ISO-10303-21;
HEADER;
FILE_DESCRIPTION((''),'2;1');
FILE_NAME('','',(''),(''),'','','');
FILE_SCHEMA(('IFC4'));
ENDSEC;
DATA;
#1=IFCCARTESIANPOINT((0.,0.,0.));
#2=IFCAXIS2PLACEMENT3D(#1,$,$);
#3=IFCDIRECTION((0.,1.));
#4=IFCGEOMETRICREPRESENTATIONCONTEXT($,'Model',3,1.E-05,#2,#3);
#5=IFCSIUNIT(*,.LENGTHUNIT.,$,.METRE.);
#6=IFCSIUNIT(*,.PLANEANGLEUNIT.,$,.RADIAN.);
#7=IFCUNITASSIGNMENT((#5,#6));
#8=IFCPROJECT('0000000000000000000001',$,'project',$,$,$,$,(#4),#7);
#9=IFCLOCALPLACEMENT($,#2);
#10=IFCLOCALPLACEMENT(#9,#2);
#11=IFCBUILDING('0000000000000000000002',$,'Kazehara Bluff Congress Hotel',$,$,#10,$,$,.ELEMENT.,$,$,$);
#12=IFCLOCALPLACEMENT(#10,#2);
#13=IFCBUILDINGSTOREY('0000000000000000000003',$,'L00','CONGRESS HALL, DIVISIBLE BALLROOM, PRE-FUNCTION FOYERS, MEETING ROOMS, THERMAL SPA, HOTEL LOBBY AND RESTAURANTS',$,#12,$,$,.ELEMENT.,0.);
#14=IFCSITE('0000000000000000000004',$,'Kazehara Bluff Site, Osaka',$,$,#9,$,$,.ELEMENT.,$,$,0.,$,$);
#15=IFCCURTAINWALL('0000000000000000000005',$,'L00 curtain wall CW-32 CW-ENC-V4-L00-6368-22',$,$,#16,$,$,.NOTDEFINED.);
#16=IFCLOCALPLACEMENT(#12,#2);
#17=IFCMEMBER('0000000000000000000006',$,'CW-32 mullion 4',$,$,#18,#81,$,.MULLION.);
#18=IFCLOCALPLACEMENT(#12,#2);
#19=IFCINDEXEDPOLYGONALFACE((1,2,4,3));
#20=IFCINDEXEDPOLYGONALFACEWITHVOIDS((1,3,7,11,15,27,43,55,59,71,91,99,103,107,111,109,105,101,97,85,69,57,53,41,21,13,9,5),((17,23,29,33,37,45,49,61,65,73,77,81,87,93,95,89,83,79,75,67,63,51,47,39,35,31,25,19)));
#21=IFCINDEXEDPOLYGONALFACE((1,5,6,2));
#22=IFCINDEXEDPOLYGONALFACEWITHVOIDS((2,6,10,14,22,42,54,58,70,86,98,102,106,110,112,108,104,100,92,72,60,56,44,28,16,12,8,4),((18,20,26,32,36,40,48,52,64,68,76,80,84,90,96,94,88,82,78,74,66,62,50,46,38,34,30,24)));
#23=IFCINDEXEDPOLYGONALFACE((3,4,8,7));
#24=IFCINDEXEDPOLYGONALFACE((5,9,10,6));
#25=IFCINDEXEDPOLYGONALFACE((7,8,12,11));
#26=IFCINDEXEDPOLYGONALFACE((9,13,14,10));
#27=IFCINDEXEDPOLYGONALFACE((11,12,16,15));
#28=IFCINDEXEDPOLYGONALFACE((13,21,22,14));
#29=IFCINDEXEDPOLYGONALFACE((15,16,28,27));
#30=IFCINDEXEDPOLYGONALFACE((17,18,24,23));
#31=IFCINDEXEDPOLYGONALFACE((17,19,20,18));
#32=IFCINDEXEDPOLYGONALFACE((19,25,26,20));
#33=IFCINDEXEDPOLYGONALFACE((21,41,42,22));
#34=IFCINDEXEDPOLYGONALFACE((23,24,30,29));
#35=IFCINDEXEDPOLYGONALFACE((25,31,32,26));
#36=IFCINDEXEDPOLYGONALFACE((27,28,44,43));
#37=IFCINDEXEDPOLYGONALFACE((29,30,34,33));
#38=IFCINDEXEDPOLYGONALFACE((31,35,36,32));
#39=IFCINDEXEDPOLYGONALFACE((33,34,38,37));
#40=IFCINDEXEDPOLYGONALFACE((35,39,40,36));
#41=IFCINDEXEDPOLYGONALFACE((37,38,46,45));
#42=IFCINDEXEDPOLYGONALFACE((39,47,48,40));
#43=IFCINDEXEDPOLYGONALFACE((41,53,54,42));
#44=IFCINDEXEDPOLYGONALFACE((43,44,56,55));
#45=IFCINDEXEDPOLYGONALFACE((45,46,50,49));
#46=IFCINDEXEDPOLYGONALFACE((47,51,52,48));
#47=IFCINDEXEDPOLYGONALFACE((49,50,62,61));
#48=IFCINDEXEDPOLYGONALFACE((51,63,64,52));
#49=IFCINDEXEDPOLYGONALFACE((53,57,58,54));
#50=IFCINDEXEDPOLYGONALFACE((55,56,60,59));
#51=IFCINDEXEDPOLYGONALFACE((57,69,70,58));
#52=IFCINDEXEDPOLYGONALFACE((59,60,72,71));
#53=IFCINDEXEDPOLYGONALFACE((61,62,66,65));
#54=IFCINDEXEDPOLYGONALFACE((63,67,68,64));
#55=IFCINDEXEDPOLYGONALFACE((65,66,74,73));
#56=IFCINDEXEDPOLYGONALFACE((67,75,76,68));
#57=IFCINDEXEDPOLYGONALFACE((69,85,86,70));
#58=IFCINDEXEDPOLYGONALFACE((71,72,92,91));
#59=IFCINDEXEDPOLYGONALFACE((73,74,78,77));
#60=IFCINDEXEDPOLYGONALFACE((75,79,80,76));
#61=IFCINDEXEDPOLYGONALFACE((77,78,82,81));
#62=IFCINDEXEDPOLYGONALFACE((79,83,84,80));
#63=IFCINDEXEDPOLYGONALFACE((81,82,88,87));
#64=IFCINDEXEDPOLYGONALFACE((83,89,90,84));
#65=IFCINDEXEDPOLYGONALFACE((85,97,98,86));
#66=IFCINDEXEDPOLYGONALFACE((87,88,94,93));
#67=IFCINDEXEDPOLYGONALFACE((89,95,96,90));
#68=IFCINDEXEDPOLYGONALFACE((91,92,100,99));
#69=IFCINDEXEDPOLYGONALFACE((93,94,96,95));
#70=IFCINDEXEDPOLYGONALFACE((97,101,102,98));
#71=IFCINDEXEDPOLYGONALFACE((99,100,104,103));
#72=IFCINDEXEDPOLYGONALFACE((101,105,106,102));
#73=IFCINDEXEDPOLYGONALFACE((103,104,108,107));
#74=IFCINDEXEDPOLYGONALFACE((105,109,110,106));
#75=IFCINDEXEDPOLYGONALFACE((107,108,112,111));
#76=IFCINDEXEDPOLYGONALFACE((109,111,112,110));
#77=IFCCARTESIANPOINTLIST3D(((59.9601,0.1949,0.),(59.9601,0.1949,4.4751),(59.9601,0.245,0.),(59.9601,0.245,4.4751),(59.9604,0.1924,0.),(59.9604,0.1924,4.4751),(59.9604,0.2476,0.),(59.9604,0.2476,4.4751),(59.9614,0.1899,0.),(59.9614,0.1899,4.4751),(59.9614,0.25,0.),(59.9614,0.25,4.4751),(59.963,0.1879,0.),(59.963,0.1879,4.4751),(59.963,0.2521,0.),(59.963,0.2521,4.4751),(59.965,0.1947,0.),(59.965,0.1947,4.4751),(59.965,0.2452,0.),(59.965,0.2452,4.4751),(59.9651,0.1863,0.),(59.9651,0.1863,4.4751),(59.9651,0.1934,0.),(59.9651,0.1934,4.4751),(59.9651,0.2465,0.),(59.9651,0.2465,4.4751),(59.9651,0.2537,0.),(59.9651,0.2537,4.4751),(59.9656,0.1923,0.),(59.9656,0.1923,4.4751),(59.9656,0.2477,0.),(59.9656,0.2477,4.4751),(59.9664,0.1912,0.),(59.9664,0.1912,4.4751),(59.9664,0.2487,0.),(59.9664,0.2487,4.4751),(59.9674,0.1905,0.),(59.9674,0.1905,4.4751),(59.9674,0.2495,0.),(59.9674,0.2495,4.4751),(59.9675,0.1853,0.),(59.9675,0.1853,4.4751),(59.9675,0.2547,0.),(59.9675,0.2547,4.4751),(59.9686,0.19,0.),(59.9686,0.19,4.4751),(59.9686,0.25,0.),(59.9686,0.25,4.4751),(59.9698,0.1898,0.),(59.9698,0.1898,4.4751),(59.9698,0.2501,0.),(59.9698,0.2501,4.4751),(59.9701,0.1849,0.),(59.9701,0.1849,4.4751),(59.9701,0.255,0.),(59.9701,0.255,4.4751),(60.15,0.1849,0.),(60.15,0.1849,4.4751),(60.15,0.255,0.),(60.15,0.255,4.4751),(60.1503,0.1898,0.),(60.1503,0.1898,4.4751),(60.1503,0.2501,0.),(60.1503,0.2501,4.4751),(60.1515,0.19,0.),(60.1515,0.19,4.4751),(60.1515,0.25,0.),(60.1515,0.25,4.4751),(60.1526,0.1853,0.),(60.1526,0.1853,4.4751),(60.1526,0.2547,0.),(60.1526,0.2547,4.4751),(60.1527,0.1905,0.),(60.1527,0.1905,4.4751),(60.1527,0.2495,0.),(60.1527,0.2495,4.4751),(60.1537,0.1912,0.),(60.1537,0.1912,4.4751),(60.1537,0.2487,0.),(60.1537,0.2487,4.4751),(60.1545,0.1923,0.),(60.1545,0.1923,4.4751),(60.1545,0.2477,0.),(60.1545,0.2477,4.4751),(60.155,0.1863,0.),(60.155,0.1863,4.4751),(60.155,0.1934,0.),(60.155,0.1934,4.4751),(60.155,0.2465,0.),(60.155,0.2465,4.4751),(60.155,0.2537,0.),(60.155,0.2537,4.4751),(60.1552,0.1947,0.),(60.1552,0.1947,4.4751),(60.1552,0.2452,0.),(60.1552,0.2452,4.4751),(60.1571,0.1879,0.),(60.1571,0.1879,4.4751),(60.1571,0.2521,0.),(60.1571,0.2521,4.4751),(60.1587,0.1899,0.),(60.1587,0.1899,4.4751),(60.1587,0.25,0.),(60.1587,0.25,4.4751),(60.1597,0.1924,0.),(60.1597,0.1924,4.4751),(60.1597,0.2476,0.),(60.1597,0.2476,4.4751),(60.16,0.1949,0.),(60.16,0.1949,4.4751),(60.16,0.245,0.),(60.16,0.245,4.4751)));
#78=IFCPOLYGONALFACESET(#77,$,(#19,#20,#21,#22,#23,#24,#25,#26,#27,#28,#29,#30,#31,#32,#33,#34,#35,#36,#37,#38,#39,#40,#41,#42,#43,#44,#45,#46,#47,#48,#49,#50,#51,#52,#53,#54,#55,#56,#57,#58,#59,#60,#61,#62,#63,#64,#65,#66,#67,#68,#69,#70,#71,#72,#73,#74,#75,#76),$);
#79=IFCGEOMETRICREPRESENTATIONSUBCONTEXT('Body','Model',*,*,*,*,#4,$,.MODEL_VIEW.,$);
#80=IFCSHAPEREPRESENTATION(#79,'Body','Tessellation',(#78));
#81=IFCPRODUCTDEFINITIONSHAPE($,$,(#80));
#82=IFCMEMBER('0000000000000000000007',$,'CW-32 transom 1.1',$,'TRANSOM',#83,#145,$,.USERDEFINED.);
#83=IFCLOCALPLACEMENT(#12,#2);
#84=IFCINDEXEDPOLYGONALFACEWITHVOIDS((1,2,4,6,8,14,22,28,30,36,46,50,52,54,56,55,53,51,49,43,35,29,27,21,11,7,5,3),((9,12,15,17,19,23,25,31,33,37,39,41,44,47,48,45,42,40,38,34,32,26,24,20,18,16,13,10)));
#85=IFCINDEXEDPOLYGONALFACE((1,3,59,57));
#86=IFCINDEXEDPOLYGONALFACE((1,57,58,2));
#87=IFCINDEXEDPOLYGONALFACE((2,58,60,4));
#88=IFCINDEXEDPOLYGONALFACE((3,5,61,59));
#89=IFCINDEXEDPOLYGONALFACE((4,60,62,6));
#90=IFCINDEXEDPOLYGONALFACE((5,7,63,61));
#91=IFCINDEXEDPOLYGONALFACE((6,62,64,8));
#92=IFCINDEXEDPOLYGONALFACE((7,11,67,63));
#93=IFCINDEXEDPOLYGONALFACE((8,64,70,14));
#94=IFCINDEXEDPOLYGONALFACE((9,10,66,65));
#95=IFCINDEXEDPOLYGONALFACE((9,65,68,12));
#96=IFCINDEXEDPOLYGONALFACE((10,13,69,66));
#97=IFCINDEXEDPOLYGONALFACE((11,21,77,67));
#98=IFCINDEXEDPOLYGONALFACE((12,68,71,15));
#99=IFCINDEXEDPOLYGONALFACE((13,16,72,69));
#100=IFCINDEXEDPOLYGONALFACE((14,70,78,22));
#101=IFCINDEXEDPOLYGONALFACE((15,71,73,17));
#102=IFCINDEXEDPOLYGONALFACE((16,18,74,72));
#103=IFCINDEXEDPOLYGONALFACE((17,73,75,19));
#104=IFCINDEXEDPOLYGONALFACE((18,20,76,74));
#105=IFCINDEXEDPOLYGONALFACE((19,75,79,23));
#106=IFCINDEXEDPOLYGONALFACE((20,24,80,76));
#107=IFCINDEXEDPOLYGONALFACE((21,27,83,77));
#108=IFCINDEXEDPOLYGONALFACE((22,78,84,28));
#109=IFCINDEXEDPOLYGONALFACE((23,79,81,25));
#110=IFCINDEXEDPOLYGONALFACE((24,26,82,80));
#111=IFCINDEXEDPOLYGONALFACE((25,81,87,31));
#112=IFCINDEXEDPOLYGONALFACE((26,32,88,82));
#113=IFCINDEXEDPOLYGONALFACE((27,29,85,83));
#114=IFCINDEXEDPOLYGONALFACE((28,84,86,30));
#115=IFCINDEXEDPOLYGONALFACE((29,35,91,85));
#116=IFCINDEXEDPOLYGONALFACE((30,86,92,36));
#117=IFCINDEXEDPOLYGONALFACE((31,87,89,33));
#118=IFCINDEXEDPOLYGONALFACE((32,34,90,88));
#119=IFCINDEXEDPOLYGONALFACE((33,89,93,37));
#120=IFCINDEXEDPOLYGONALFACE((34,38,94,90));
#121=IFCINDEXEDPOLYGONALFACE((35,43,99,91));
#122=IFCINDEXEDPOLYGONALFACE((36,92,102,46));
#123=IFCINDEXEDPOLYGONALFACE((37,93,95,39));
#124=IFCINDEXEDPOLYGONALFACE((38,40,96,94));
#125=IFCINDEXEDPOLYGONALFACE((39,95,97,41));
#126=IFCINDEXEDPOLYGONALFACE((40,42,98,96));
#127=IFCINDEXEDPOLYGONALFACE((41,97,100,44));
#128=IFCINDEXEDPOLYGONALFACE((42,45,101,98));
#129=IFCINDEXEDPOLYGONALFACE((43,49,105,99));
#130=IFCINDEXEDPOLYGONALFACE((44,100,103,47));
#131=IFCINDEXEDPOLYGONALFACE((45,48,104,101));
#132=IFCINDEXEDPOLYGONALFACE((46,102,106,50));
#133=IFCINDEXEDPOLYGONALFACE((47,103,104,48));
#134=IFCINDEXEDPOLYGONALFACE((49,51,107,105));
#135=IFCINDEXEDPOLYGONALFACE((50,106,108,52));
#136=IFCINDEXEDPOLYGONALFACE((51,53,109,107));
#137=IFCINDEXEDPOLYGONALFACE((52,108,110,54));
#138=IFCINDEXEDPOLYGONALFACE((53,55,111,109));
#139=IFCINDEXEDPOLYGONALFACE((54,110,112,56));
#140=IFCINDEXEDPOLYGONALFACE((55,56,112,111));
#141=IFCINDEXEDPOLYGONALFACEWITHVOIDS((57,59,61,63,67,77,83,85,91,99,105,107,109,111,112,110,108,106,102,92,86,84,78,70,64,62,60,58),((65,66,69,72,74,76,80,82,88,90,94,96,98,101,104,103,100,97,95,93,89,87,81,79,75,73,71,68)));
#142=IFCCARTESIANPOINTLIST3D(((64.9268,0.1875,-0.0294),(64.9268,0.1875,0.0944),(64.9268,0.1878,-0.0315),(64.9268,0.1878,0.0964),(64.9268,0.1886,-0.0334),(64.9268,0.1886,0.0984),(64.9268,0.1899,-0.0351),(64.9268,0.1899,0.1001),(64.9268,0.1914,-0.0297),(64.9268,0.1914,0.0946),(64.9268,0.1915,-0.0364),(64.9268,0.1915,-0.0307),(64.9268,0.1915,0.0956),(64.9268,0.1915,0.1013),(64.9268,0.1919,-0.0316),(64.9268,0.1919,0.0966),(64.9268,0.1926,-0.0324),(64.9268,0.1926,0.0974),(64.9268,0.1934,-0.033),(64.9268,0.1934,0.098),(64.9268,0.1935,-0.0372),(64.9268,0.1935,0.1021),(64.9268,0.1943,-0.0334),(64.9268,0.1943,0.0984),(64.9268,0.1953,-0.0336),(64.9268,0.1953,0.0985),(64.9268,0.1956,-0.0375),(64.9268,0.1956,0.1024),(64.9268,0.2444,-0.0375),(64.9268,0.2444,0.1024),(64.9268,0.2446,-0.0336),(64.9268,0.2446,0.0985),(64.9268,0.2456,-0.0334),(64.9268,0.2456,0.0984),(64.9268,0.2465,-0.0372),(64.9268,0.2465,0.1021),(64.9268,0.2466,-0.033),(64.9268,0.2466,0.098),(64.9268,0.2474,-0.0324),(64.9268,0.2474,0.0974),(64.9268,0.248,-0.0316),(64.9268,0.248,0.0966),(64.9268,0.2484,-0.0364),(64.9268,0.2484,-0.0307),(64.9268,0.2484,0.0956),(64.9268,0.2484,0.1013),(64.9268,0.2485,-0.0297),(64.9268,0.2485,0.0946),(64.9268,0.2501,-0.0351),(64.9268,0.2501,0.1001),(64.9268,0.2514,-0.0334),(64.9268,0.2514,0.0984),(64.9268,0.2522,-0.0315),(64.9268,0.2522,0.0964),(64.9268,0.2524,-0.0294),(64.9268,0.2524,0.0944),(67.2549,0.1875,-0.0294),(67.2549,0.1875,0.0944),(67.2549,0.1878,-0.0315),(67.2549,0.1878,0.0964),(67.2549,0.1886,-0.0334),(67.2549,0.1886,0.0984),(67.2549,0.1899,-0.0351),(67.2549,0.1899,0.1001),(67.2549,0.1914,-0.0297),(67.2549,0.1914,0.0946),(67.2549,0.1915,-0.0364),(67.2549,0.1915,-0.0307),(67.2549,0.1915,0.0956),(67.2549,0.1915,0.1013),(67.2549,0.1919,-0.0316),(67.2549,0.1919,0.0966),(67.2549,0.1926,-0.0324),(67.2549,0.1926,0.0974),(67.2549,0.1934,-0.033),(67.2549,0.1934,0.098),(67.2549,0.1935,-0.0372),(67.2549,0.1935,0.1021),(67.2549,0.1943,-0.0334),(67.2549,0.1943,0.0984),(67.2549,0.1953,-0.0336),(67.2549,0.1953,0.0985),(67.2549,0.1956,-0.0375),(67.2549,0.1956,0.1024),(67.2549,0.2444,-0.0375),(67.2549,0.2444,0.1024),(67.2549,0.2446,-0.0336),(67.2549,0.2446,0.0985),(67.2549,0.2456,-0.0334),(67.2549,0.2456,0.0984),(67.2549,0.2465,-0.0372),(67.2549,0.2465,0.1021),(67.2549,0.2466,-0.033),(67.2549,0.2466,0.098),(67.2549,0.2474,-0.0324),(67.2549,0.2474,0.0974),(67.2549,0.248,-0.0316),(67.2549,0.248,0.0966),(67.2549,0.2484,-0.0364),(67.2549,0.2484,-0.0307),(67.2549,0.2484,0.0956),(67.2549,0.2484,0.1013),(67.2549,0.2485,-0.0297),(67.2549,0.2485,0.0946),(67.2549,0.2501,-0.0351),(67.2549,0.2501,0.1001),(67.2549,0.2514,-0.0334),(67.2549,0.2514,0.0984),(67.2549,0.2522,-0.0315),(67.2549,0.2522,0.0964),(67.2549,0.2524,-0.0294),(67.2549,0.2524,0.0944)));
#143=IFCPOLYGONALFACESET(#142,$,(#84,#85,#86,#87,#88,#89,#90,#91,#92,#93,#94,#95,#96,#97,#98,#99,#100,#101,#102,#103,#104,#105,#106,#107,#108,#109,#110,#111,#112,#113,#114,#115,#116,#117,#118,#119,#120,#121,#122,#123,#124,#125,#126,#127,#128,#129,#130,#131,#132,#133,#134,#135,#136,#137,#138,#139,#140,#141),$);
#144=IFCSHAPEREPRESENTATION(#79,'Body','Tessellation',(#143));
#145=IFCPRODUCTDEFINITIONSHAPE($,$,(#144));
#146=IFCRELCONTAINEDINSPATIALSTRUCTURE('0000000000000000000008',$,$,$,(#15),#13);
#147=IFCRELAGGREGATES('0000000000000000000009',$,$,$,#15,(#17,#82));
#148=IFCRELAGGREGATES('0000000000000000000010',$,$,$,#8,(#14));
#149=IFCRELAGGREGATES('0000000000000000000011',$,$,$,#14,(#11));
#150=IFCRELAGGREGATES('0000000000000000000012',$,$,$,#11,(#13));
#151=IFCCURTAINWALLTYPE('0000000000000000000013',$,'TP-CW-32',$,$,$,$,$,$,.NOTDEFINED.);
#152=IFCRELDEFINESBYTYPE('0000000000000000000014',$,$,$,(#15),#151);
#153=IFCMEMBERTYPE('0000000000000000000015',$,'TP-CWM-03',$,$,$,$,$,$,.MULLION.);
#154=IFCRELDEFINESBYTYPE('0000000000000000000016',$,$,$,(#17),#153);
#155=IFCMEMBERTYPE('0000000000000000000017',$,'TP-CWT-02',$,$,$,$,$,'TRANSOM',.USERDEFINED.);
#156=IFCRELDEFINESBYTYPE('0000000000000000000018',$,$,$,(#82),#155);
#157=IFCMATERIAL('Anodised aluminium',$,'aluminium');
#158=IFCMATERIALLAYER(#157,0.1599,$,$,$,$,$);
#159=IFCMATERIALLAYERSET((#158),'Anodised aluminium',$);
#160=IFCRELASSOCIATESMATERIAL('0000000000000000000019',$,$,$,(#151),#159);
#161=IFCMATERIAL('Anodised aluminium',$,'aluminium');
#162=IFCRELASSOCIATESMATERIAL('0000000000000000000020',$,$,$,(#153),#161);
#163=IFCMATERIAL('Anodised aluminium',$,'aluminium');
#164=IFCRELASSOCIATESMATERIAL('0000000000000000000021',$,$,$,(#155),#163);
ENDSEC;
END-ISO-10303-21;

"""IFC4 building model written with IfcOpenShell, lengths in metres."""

from ifc_helpers import new_model, si_unit, direction, frame, origin, origin_2d, place, context, subcontext, project, spatial, hollow_rectangle, extrude, material, layer, layer_set, material_profile, profile_set, type_object, element, aggregate, save


model = new_model("IFC4")

# Units and contexts
model_context = context("Model", 3, precision=1e-05, world=origin(), true_north=direction((0.0, 1.0)))
body_context = subcontext(model_context, "Body", "Model", "MODEL_VIEW")
ifc_project = project(units=[si_unit("LENGTHUNIT", "METRE"), si_unit("PLANEANGLEUNIT", "RADIAN")], contexts=[model_context])

# Site, building, storey
site_placement = place(None, origin())
site = spatial("IfcSite", under=ifc_project, at=site_placement, Name="Kazehara Bluff Site, Osaka", CompositionType="ELEMENT", RefElevation=0.0)
building_placement = place(site_placement, origin())
building = spatial("IfcBuilding", under=site, at=building_placement, Name="Kazehara Bluff Congress Hotel", CompositionType="ELEMENT")
storey_placement = place(building_placement, origin())
storey = spatial("IfcBuildingStorey", under=building, at=storey_placement, Name="L00", Description="CONGRESS HALL, DIVISIBLE BALLROOM, PRE-FUNCTION FOYERS, MEETING ROOMS, THERMAL SPA, HOTEL LOBBY AND RESTAURANTS", CompositionType="ELEMENT", Elevation=0.0)

# Curtain wall, members
ifc_material_1 = material(Name="Anodised aluminium", Category="aluminium")
ifc_layer_1 = layer(ifc_material_1, 0.1599)
ifc_layer_set_1 = layer_set([ifc_layer_1], Name="Anodised aluminium")
curtain_wall_type = type_object("IfcCurtainWallType", Name="TP-CW-32", PredefinedType="NOTDEFINED", material=ifc_layer_set_1)
curtain_wall_placement = place(storey_placement, origin())
curtain_wall = element("IfcCurtainWall", 1, at=curtain_wall_placement, inside=storey, type_object=curtain_wall_type, Name="L00 curtain wall CW-32 CW-ENC-V4-L00-6368-22", PredefinedType="NOTDEFINED")
ifc_material_2 = material(Name="Anodised aluminium", Category="aluminium")
ifc_material_profile_1 = material_profile(ifc_material_2, hollow_rectangle(XDim=0.0701, YDim=0.2, WallThickness=0.0049, InnerFilletRadius=0.0049, OuterFilletRadius=0.01, at=origin_2d()))
ifc_profile_set_1 = profile_set([ifc_material_profile_1], Name="Anodised aluminium")
member_type_1 = type_object("IfcMemberType", Name="TP-CWM-03", PredefinedType="MULLION", material=ifc_profile_set_1)
member_1_placement = place(storey_placement, frame((60.0601, 0.22, 0.0), z_axis=(0.0, 0.0, 1.0), x_axis=(0.0, -1.0, 0.0)))
member_1 = element("IfcMember", 2, at=member_1_placement, type_object=member_type_1, Name="CW-32 mullion 4", PredefinedType="MULLION", context=body_context, shape_type="SweptSolid", body=[
    extrude(hollow_rectangle(XDim=0.0701, YDim=0.2, WallThickness=0.0049, InnerFilletRadius=0.0049, OuterFilletRadius=0.01, at=origin_2d()), origin(), (0.0, 0.0, 1.0), 4.4751),
])
ifc_material_3 = material(Name="Anodised aluminium", Category="aluminium")
ifc_material_profile_2 = material_profile(ifc_material_3, hollow_rectangle(XDim=0.0649, YDim=0.1399, WallThickness=0.0039, InnerFilletRadius=0.0039, OuterFilletRadius=0.0081, at=origin_2d()))
ifc_profile_set_2 = profile_set([ifc_material_profile_2], Name="Anodised aluminium")
member_type_2 = type_object("IfcMemberType", Name="TP-CWT-02", ElementType="TRANSOM", PredefinedType="USERDEFINED", material=ifc_profile_set_2)
member_2_placement = place(storey_placement, frame((67.2549, 0.22, 0.0325), z_axis=(-1.0, 0.0, 0.0), x_axis=(0.0, -1.0, 0.0)))
member_2 = element("IfcMember", 3, at=member_2_placement, type_object=member_type_2, Name="CW-32 transom 1.1", ObjectType="TRANSOM", PredefinedType="USERDEFINED", context=body_context, shape_type="SweptSolid", body=[
    extrude(hollow_rectangle(XDim=0.0649, YDim=0.1399, WallThickness=0.0039, InnerFilletRadius=0.0039, OuterFilletRadius=0.0081, at=origin_2d()), origin(), (0.0, 0.0, 1.0), 2.3281),
])
aggregate(curtain_wall, [member_1, member_2])

save(model, "model.ifc")
